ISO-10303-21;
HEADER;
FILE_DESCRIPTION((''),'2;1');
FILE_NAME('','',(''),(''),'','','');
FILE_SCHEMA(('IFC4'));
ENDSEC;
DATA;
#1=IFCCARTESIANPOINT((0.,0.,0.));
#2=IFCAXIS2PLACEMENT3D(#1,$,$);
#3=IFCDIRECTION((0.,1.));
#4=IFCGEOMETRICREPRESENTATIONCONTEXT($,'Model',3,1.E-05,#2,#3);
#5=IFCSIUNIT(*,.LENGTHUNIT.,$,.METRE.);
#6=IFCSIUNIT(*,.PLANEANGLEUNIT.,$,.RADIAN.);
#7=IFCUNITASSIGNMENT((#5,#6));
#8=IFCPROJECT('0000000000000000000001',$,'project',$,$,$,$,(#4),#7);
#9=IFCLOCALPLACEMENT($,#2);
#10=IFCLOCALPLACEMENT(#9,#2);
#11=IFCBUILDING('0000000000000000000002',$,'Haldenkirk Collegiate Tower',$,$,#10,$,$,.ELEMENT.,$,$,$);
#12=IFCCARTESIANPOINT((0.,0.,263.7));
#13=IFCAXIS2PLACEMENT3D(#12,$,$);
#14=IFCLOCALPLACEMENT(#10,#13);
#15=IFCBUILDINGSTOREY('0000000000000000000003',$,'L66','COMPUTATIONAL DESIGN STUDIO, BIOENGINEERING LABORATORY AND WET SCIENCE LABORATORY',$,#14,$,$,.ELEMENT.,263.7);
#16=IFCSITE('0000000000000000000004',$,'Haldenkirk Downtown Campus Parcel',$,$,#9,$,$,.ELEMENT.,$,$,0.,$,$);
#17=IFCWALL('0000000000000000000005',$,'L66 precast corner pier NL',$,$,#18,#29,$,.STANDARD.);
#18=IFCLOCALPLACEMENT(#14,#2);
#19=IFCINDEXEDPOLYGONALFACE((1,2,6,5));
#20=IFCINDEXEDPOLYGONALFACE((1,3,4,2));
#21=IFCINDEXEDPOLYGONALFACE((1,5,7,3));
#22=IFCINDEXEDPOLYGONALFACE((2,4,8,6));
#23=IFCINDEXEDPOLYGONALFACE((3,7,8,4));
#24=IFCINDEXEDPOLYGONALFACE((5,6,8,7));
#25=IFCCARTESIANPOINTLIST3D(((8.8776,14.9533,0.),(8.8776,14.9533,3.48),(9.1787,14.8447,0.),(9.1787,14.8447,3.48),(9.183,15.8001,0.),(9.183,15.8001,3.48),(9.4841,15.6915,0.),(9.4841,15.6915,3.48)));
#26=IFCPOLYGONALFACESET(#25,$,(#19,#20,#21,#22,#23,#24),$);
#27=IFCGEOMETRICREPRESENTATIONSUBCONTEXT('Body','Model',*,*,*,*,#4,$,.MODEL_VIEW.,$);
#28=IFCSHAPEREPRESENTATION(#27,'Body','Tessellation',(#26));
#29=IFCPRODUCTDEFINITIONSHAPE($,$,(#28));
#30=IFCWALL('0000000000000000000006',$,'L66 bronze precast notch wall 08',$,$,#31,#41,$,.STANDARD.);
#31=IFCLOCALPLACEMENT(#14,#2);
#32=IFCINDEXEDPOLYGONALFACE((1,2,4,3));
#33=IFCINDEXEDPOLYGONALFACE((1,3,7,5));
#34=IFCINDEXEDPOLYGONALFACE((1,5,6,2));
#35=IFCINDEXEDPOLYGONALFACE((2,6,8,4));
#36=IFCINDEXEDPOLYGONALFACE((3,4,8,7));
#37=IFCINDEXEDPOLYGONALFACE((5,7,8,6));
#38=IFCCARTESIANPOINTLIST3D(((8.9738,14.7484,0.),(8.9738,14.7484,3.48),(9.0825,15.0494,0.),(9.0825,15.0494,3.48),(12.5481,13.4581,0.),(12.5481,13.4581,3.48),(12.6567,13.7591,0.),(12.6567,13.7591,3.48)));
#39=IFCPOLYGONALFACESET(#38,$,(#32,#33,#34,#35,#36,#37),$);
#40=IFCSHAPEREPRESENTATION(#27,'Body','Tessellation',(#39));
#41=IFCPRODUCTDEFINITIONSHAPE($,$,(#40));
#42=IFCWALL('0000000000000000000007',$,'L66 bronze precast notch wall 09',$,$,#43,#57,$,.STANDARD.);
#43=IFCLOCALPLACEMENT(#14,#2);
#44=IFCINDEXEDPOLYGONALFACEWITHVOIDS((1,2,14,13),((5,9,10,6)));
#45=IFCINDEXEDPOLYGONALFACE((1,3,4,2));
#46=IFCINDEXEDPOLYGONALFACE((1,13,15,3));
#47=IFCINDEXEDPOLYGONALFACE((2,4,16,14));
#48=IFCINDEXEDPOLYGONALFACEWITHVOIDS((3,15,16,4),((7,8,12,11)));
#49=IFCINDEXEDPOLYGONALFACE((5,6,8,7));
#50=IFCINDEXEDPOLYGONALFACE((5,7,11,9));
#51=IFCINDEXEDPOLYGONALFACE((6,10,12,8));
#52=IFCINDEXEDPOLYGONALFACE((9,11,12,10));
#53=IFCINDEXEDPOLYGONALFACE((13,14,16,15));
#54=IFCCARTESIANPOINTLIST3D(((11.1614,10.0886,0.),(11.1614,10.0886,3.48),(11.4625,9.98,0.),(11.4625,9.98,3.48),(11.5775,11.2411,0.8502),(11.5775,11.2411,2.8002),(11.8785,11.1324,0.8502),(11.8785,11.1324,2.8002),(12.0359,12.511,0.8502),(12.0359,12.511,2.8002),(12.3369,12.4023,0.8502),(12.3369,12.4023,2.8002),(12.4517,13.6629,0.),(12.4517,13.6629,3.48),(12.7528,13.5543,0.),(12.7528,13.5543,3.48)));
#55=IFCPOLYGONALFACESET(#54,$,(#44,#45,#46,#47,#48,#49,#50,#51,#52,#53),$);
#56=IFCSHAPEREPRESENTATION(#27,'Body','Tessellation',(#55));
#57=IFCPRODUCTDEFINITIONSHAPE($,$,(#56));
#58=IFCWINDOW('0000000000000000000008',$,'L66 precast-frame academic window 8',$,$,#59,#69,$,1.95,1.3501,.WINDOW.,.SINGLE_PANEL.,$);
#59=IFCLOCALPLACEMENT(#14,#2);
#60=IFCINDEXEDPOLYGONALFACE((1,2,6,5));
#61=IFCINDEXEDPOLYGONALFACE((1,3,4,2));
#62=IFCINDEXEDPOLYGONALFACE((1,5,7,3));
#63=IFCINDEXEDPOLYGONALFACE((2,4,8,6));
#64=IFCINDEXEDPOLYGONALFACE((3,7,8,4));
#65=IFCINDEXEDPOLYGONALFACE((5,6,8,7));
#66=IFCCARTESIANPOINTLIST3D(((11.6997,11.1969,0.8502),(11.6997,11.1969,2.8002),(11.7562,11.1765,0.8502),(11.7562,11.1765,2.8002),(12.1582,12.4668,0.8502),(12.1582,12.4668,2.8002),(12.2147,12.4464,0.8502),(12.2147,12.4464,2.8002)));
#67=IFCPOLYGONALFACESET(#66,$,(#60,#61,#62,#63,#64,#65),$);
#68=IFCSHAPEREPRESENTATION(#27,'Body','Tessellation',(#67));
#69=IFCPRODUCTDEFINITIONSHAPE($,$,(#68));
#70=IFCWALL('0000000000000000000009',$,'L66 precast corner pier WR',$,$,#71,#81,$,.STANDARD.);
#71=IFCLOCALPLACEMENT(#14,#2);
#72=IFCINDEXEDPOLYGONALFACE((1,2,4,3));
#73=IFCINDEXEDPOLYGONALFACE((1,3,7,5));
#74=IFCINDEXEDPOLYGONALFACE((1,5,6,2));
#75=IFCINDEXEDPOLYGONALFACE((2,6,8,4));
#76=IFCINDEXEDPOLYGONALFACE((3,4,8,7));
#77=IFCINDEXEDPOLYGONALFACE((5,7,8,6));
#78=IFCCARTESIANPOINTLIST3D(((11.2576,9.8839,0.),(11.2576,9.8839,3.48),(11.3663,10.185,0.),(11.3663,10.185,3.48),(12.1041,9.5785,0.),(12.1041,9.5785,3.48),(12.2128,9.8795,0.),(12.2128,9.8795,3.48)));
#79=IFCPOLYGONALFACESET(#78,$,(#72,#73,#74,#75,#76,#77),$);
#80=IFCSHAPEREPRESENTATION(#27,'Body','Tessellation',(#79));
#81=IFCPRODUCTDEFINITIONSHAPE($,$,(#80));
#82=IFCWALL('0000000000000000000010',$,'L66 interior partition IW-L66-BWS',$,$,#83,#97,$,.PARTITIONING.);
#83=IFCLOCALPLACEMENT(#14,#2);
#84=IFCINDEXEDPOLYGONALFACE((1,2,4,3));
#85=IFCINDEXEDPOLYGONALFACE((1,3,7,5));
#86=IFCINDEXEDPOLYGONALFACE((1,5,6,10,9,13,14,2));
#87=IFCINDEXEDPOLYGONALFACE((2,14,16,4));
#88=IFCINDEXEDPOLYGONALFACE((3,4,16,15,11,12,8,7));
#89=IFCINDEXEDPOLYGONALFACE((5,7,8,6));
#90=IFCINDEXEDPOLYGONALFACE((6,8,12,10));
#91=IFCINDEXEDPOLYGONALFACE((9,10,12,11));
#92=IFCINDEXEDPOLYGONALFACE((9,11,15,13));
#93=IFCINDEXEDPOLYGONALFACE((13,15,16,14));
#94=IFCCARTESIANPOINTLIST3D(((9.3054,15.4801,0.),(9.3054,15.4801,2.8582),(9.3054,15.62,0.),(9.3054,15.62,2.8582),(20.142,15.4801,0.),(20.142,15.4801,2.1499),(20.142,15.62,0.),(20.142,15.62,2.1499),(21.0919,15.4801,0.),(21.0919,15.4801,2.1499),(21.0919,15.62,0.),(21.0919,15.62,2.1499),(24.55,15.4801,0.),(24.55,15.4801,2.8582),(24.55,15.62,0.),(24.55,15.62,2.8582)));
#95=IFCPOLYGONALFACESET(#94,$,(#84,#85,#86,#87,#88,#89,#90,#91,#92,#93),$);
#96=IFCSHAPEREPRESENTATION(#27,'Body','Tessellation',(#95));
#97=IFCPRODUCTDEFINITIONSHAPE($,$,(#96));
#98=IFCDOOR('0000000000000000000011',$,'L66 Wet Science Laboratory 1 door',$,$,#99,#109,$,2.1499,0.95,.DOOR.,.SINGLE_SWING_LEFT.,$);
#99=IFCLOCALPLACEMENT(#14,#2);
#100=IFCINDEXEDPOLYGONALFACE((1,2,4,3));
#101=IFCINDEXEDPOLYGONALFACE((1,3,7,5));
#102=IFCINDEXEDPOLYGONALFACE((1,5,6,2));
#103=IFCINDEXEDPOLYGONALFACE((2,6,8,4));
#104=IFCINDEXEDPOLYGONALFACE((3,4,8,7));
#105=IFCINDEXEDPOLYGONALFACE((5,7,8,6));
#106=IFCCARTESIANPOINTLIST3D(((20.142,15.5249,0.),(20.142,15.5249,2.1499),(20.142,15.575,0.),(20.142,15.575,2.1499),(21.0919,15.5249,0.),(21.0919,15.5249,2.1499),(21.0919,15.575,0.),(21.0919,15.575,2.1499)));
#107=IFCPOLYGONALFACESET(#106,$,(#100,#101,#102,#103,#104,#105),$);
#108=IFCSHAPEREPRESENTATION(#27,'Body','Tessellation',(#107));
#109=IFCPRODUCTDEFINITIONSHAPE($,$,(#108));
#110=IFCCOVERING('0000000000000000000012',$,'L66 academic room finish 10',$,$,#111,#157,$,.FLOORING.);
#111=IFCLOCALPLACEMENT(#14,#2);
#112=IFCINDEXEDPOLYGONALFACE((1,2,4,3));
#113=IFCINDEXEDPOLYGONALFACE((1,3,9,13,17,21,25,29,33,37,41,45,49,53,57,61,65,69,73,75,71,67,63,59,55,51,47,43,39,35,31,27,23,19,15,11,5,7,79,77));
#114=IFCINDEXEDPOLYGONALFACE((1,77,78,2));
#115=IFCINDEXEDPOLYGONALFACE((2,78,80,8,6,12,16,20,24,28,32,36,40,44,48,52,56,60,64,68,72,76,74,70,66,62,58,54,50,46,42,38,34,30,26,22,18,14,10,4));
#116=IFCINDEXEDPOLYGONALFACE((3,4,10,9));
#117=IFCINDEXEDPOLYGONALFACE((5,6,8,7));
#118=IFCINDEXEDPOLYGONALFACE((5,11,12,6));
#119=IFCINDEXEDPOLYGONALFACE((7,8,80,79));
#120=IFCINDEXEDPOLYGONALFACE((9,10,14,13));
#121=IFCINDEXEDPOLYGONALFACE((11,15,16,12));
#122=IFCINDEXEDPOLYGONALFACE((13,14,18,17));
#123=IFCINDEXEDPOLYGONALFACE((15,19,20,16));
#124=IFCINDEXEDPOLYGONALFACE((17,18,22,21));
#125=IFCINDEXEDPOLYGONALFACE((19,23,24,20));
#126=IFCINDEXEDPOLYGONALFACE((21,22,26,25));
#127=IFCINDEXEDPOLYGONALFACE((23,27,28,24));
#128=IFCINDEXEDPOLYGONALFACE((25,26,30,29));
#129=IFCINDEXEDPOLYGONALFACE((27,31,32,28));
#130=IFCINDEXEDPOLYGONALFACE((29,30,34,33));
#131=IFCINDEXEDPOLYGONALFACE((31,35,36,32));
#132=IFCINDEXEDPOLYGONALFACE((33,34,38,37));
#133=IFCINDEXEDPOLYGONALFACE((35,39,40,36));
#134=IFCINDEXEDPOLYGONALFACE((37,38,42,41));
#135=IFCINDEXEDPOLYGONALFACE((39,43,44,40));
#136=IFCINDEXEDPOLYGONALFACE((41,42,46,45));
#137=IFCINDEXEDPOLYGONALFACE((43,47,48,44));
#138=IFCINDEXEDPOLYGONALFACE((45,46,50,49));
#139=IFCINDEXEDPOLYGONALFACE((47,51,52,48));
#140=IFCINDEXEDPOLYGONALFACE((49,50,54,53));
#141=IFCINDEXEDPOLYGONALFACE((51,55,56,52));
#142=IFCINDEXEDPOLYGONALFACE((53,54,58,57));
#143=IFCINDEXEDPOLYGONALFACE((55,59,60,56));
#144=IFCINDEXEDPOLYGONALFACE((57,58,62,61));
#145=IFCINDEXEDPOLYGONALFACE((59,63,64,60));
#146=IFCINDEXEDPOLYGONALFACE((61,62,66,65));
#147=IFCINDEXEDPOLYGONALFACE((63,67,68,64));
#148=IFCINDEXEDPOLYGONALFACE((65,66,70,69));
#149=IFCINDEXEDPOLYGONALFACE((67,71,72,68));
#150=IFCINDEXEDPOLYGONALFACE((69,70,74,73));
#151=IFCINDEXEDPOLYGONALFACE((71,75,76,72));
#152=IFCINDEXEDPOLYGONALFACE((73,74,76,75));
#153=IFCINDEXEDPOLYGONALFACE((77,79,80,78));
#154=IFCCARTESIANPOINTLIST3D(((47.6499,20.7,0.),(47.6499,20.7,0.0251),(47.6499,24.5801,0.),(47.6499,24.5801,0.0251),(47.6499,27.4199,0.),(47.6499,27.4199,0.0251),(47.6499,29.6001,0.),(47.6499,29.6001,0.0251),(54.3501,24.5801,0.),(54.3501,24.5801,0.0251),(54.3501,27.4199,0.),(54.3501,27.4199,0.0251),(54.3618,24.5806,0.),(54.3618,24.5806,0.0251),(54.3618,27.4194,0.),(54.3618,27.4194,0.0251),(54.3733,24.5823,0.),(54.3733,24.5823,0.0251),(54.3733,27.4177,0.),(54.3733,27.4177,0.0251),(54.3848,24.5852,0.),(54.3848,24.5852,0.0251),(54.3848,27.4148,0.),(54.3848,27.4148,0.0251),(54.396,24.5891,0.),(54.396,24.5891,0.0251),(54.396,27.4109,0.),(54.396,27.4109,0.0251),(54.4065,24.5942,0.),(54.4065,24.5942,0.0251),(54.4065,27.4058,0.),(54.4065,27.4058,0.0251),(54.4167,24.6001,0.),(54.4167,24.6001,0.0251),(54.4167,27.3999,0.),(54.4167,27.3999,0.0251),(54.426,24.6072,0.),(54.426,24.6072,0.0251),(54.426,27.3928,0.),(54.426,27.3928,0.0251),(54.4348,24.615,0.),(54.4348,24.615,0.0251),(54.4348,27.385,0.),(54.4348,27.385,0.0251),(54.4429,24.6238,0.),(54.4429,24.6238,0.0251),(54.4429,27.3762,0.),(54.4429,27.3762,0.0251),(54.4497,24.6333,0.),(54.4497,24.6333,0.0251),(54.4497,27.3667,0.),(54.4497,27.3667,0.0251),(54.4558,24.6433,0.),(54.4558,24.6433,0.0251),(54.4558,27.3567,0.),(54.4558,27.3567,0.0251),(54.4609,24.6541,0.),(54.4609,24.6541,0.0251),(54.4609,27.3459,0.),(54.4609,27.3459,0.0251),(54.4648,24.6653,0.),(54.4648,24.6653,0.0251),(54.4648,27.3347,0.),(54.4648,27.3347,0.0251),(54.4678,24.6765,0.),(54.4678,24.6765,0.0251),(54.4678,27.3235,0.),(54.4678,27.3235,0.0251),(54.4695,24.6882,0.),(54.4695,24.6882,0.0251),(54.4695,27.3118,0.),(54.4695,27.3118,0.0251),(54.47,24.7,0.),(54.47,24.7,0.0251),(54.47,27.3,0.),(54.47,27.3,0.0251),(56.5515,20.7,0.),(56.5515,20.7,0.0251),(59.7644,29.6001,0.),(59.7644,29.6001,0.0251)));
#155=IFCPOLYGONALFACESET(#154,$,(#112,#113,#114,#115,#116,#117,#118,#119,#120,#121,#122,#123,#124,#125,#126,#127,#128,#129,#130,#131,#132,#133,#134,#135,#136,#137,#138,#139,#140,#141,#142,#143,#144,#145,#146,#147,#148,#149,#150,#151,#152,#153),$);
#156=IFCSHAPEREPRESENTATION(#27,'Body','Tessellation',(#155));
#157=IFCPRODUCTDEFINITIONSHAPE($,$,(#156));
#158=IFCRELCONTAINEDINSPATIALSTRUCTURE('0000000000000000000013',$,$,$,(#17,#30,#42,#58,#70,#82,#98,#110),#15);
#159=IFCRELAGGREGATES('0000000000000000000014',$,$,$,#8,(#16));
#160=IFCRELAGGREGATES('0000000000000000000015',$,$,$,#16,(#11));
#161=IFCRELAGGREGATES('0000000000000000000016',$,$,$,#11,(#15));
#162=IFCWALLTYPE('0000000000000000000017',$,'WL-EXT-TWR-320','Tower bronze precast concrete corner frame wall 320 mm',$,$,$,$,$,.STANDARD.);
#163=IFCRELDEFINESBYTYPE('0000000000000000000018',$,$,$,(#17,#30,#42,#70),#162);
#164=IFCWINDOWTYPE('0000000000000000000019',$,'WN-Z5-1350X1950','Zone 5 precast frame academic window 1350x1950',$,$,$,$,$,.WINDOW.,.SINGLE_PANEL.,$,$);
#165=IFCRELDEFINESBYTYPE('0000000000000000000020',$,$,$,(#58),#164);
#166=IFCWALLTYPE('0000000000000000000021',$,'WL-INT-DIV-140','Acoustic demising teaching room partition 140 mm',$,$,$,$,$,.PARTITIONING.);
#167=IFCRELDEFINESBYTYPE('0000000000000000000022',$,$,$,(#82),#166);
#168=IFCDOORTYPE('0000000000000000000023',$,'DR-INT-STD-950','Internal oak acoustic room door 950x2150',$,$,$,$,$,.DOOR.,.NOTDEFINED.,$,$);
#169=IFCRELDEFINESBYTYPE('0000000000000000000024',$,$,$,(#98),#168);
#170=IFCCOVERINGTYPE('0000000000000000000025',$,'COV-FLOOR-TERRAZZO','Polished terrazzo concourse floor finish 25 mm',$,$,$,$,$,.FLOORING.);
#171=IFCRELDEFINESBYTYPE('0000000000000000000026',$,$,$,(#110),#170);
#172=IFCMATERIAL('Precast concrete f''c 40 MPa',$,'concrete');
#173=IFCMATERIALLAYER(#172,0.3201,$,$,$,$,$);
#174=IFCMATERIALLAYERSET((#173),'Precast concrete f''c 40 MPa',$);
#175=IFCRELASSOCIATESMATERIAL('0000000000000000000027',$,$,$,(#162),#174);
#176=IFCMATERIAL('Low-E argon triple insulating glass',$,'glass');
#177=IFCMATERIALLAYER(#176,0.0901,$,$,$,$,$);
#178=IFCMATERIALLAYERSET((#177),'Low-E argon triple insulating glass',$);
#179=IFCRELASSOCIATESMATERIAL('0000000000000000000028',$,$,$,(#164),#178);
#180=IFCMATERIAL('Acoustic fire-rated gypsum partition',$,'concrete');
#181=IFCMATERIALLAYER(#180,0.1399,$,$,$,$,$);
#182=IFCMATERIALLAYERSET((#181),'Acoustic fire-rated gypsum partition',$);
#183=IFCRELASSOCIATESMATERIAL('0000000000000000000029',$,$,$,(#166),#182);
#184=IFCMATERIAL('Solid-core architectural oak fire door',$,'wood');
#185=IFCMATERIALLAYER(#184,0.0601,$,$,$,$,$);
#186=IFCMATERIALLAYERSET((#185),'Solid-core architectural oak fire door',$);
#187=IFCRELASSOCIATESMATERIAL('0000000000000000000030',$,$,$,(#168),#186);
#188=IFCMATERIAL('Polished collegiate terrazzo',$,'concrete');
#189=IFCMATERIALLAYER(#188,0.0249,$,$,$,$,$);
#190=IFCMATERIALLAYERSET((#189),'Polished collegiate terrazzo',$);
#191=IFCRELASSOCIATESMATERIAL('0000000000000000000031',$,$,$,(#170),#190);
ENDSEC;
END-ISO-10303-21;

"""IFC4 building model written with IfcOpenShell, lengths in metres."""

from ifc_helpers import new_model, si_unit, direction, frame, frame_2d, origin, place, context, subcontext, project, spatial, polyline, rectangle, outline, extrude, material, layer, layer_set, type_object, element, fill, save


model = new_model("IFC4")

# Units and contexts
model_context = context("Model", 3, precision=1e-05, world=origin(), true_north=direction((0.0, 1.0)))
body_context = subcontext(model_context, "Body", "Model", "MODEL_VIEW")
ifc_project = project(units=[si_unit("LENGTHUNIT", "METRE"), si_unit("PLANEANGLEUNIT", "RADIAN")], contexts=[model_context])

# Site, building, storey
site_placement = place(None, origin())
site = spatial("IfcSite", under=ifc_project, at=site_placement, Name="Haldenkirk Downtown Campus Parcel", CompositionType="ELEMENT", RefElevation=0.0)
building_placement = place(site_placement, origin())
building = spatial("IfcBuilding", under=site, at=building_placement, Name="Haldenkirk Collegiate Tower", CompositionType="ELEMENT")
storey_placement = place(building_placement, frame((0.0, 0.0, 263.7)))
storey = spatial("IfcBuildingStorey", under=building, at=storey_placement, Name="L66", Description="COMPUTATIONAL DESIGN STUDIO, BIOENGINEERING LABORATORY AND WET SCIENCE LABORATORY", CompositionType="ELEMENT", Elevation=263.7)

# Shared definitions
ifc_material_1 = material(Name="Low-E argon triple insulating glass", Category="glass")

# Walls
ifc_material_2 = material(Name="Precast concrete f'c 40 MPa", Category="concrete")
ifc_layer_1 = layer(ifc_material_2, 0.3201)
ifc_layer_set_1 = layer_set([ifc_layer_1], Name="Precast concrete f'c 40 MPa")
wall_type_1 = type_object("IfcWallType", Name="WL-EXT-TWR-320", Description="Tower bronze precast concrete corner frame wall 320 mm", PredefinedType="STANDARD", material=ifc_layer_set_1)
wall_1_placement = place(storey_placement, frame((9.0281, 14.8989, 0.0), z_axis=(0.0, 0.0, 1.0), x_axis=(0.339325, 0.940669, 0.0)))
element("IfcWall", 1, at=wall_1_placement, inside=storey, type_object=wall_type_1, Name="L66 precast corner pier NL", PredefinedType="STANDARD", context=body_context, shape_type="SweptSolid", body=[
    extrude(rectangle(XDim=0.9001, YDim=0.3201, at=frame_2d((0.4502, 0.0))), origin(), (0.0, 0.0, 1.0), 3.48),
])
wall_2_placement = place(storey_placement, frame((12.6023, 13.6086, 0.0), z_axis=(0.0, 0.0, 1.0), x_axis=(-0.940588, 0.33955, 0.0)))
element("IfcWall", 2, at=wall_2_placement, inside=storey, type_object=wall_type_1, Name="L66 bronze precast notch wall 08", PredefinedType="STANDARD", context=body_context, shape_type="SweptSolid", body=[
    extrude(rectangle(XDim=3.8, YDim=0.3201, at=frame_2d((1.8999, 0.0))), origin(), (0.0, 0.0, 1.0), 3.48),
])

# Wall, opening, window
wall_3_placement = place(storey_placement, frame((11.312, 10.0344, 0.0), z_axis=(0.0, 0.0, 1.0), x_axis=(0.33955, 0.940588, 0.0)))
wall_3 = element("IfcWall", 3, at=wall_3_placement, inside=storey, type_object=wall_type_1, Name="L66 bronze precast notch wall 09", PredefinedType="STANDARD", context=body_context, shape_type="SweptSolid", body=[
    extrude(rectangle(XDim=3.8, YDim=0.3201, at=frame_2d((1.8999, 0.0))), origin(), (0.0, 0.0, 1.0), 3.48),
])
opening_1_placement = place(wall_3_placement, frame((1.2251, 0.0, 0.8501)))
opening_1 = element("IfcOpeningElement", 4, at=opening_1_placement, cuts=wall_3, PredefinedType="OPENING", context=body_context, shape_type="SweptSolid", body=[
    extrude(rectangle(XDim=1.3501, YDim=1.95, at=frame_2d((0.675, 0.9751))), frame((0.0, 0.1699, 0.0), z_axis=(0.0, -1.0, 0.0), x_axis=(1.0, 0.0, 0.0)), (0.0, 0.0, 1.0), 0.3401),
])
ifc_layer_2 = layer(ifc_material_1, 0.0901)
ifc_layer_set_2 = layer_set([ifc_layer_2], Name="Low-E argon triple insulating glass")
window_type = type_object("IfcWindowType", Name="WN-Z5-1350X1950", Description="Zone 5 precast frame academic window 1350x1950", PartitioningType="SINGLE_PANEL", PredefinedType="WINDOW", material=ifc_layer_set_2)
window_placement = place(opening_1_placement, origin())
window = element("IfcWindow", 5, at=window_placement, inside=storey, type_object=window_type, Name="L66 precast-frame academic window 8", OverallHeight=1.95, OverallWidth=1.3501, PartitioningType="SINGLE_PANEL", PredefinedType="WINDOW", context=body_context, shape_type="SweptSolid", body=[
    extrude(rectangle(XDim=1.3501, YDim=1.95, at=frame_2d((0.675, 0.9751))), frame((0.0, 0.03, 0.0), z_axis=(0.0, -1.0, 0.0), x_axis=(1.0, 0.0, 0.0)), (0.0, 0.0, 1.0), 0.0601),
])
fill(opening_1, window)

# Wall
wall_4_placement = place(storey_placement, frame((12.1584, 9.729, 0.0), z_axis=(0.0, 0.0, 1.0), x_axis=(-0.940638, 0.339411, 0.0)))
element("IfcWall", 6, at=wall_4_placement, inside=storey, type_object=wall_type_1, Name="L66 precast corner pier WR", PredefinedType="STANDARD", context=body_context, shape_type="SweptSolid", body=[
    extrude(rectangle(XDim=0.8999, YDim=0.3201, at=frame_2d((0.45, 0.0))), origin(), (0.0, 0.0, 1.0), 3.48),
])

# Wall, opening, door
ifc_material_3 = material(Name="Acoustic fire-rated gypsum partition", Category="concrete")
ifc_layer_3 = layer(ifc_material_3, 0.1399)
ifc_layer_set_3 = layer_set([ifc_layer_3], Name="Acoustic fire-rated gypsum partition")
wall_type_2 = type_object("IfcWallType", Name="WL-INT-DIV-140", Description="Acoustic demising teaching room partition 140 mm", PredefinedType="PARTITIONING", material=ifc_layer_set_3)
wall_5_placement = place(storey_placement, frame((9.3054, 15.55, 0.0), z_axis=(0.0, 0.0, 1.0), x_axis=(1.0, 0.0, 0.0)))
wall_5 = element("IfcWall", 7, at=wall_5_placement, inside=storey, type_object=wall_type_2, Name="L66 interior partition IW-L66-BWS", PredefinedType="PARTITIONING", context=body_context, shape_type="SweptSolid", body=[
    extrude(rectangle(XDim=15.2446, YDim=0.1399, at=frame_2d((7.6223, 0.0))), origin(), (0.0, 0.0, 1.0), 2.8582),
])
opening_2_placement = place(wall_5_placement, frame((10.8364, 0.0, 0.0)))
opening_2 = element("IfcOpeningElement", 8, at=opening_2_placement, cuts=wall_5, PredefinedType="OPENING", context=body_context, shape_type="SweptSolid", body=[
    extrude(rectangle(XDim=0.95, YDim=2.1499, at=frame_2d((0.4751, 1.075))), frame((0.0, 0.0798, 0.0), z_axis=(0.0, -1.0, 0.0), x_axis=(1.0, 0.0, 0.0)), (0.0, 0.0, 1.0), 0.1599),
])
ifc_material_4 = material(Name="Solid-core architectural oak fire door", Category="wood")
ifc_layer_4 = layer(ifc_material_4, 0.0601)
ifc_layer_set_4 = layer_set([ifc_layer_4], Name="Solid-core architectural oak fire door")
door_type = type_object("IfcDoorType", Name="DR-INT-STD-950", Description="Internal oak acoustic room door 950x2150", OperationType="NOTDEFINED", PredefinedType="DOOR", material=ifc_layer_set_4)
door_placement = place(opening_2_placement, origin())
door = element("IfcDoor", 9, at=door_placement, inside=storey, type_object=door_type, Name="L66 Wet Science Laboratory 1 door", OperationType="SINGLE_SWING_LEFT", OverallHeight=2.1499, OverallWidth=0.95, PredefinedType="DOOR", context=body_context, shape_type="SweptSolid", body=[
    extrude(rectangle(XDim=0.95, YDim=2.1499, at=frame_2d((0.4751, 1.075))), frame((0.0, 0.0249, 0.0), z_axis=(0.0, -1.0, 0.0), x_axis=(1.0, 0.0, 0.0)), (0.0, 0.0, 1.0), 0.05),
])
fill(opening_2, door)

# Covering
ifc_material_5 = material(Name="Polished collegiate terrazzo", Category="concrete")
ifc_layer_5 = layer(ifc_material_5, 0.0249)
ifc_layer_set_5 = layer_set([ifc_layer_5], Name="Polished collegiate terrazzo")
covering_type_1 = type_object("IfcCoveringType", Name="COV-FLOOR-TERRAZZO", Description="Polished terrazzo concourse floor finish 25 mm", PredefinedType="FLOORING", material=ifc_layer_set_5)
covering_1_placement = place(storey_placement, origin())
element("IfcCovering", 10, at=covering_1_placement, inside=storey, type_object=covering_type_1, Name="L66 academic room finish 10", PredefinedType="FLOORING", context=body_context, shape_type="SweptSolid", body=[
    extrude(outline(polyline([(56.5515, 20.7), (47.6499, 20.7), (47.6499, 24.5801), (54.3501, 24.5801), (54.3618, 24.5806), (54.3733, 24.5823), (54.3848, 24.5852), (54.396, 24.5891), (54.4065, 24.5942), (54.4167, 24.6001), (54.426, 24.6072), (54.4348, 24.615), (54.4429, 24.6238), (54.4497, 24.6333), (54.4558, 24.6433), (54.4609, 24.6541), (54.4648, 24.6653), (54.4678, 24.6765), (54.4695, 24.6882), (54.47, 24.7), (54.47, 27.3), (54.4695, 27.3118), (54.4678, 27.3235), (54.4648, 27.3347), (54.4609, 27.3459), (54.4558, 27.3567), (54.4497, 27.3667), (54.4429, 27.3762), (54.4348, 27.385), (54.426, 27.3928), (54.4167, 27.3999), (54.4065, 27.4058), (54.396, 27.4109), (54.3848, 27.4148), (54.3733, 27.4177), (54.3618, 27.4194), (54.3501, 27.4199), (47.6499, 27.4199), (47.6499, 29.6001), (59.7644, 29.6001), (56.5515, 20.7)])), origin(), (0.0, 0.0, 1.0), 0.0251),
])

save(model, "model.ifc")
